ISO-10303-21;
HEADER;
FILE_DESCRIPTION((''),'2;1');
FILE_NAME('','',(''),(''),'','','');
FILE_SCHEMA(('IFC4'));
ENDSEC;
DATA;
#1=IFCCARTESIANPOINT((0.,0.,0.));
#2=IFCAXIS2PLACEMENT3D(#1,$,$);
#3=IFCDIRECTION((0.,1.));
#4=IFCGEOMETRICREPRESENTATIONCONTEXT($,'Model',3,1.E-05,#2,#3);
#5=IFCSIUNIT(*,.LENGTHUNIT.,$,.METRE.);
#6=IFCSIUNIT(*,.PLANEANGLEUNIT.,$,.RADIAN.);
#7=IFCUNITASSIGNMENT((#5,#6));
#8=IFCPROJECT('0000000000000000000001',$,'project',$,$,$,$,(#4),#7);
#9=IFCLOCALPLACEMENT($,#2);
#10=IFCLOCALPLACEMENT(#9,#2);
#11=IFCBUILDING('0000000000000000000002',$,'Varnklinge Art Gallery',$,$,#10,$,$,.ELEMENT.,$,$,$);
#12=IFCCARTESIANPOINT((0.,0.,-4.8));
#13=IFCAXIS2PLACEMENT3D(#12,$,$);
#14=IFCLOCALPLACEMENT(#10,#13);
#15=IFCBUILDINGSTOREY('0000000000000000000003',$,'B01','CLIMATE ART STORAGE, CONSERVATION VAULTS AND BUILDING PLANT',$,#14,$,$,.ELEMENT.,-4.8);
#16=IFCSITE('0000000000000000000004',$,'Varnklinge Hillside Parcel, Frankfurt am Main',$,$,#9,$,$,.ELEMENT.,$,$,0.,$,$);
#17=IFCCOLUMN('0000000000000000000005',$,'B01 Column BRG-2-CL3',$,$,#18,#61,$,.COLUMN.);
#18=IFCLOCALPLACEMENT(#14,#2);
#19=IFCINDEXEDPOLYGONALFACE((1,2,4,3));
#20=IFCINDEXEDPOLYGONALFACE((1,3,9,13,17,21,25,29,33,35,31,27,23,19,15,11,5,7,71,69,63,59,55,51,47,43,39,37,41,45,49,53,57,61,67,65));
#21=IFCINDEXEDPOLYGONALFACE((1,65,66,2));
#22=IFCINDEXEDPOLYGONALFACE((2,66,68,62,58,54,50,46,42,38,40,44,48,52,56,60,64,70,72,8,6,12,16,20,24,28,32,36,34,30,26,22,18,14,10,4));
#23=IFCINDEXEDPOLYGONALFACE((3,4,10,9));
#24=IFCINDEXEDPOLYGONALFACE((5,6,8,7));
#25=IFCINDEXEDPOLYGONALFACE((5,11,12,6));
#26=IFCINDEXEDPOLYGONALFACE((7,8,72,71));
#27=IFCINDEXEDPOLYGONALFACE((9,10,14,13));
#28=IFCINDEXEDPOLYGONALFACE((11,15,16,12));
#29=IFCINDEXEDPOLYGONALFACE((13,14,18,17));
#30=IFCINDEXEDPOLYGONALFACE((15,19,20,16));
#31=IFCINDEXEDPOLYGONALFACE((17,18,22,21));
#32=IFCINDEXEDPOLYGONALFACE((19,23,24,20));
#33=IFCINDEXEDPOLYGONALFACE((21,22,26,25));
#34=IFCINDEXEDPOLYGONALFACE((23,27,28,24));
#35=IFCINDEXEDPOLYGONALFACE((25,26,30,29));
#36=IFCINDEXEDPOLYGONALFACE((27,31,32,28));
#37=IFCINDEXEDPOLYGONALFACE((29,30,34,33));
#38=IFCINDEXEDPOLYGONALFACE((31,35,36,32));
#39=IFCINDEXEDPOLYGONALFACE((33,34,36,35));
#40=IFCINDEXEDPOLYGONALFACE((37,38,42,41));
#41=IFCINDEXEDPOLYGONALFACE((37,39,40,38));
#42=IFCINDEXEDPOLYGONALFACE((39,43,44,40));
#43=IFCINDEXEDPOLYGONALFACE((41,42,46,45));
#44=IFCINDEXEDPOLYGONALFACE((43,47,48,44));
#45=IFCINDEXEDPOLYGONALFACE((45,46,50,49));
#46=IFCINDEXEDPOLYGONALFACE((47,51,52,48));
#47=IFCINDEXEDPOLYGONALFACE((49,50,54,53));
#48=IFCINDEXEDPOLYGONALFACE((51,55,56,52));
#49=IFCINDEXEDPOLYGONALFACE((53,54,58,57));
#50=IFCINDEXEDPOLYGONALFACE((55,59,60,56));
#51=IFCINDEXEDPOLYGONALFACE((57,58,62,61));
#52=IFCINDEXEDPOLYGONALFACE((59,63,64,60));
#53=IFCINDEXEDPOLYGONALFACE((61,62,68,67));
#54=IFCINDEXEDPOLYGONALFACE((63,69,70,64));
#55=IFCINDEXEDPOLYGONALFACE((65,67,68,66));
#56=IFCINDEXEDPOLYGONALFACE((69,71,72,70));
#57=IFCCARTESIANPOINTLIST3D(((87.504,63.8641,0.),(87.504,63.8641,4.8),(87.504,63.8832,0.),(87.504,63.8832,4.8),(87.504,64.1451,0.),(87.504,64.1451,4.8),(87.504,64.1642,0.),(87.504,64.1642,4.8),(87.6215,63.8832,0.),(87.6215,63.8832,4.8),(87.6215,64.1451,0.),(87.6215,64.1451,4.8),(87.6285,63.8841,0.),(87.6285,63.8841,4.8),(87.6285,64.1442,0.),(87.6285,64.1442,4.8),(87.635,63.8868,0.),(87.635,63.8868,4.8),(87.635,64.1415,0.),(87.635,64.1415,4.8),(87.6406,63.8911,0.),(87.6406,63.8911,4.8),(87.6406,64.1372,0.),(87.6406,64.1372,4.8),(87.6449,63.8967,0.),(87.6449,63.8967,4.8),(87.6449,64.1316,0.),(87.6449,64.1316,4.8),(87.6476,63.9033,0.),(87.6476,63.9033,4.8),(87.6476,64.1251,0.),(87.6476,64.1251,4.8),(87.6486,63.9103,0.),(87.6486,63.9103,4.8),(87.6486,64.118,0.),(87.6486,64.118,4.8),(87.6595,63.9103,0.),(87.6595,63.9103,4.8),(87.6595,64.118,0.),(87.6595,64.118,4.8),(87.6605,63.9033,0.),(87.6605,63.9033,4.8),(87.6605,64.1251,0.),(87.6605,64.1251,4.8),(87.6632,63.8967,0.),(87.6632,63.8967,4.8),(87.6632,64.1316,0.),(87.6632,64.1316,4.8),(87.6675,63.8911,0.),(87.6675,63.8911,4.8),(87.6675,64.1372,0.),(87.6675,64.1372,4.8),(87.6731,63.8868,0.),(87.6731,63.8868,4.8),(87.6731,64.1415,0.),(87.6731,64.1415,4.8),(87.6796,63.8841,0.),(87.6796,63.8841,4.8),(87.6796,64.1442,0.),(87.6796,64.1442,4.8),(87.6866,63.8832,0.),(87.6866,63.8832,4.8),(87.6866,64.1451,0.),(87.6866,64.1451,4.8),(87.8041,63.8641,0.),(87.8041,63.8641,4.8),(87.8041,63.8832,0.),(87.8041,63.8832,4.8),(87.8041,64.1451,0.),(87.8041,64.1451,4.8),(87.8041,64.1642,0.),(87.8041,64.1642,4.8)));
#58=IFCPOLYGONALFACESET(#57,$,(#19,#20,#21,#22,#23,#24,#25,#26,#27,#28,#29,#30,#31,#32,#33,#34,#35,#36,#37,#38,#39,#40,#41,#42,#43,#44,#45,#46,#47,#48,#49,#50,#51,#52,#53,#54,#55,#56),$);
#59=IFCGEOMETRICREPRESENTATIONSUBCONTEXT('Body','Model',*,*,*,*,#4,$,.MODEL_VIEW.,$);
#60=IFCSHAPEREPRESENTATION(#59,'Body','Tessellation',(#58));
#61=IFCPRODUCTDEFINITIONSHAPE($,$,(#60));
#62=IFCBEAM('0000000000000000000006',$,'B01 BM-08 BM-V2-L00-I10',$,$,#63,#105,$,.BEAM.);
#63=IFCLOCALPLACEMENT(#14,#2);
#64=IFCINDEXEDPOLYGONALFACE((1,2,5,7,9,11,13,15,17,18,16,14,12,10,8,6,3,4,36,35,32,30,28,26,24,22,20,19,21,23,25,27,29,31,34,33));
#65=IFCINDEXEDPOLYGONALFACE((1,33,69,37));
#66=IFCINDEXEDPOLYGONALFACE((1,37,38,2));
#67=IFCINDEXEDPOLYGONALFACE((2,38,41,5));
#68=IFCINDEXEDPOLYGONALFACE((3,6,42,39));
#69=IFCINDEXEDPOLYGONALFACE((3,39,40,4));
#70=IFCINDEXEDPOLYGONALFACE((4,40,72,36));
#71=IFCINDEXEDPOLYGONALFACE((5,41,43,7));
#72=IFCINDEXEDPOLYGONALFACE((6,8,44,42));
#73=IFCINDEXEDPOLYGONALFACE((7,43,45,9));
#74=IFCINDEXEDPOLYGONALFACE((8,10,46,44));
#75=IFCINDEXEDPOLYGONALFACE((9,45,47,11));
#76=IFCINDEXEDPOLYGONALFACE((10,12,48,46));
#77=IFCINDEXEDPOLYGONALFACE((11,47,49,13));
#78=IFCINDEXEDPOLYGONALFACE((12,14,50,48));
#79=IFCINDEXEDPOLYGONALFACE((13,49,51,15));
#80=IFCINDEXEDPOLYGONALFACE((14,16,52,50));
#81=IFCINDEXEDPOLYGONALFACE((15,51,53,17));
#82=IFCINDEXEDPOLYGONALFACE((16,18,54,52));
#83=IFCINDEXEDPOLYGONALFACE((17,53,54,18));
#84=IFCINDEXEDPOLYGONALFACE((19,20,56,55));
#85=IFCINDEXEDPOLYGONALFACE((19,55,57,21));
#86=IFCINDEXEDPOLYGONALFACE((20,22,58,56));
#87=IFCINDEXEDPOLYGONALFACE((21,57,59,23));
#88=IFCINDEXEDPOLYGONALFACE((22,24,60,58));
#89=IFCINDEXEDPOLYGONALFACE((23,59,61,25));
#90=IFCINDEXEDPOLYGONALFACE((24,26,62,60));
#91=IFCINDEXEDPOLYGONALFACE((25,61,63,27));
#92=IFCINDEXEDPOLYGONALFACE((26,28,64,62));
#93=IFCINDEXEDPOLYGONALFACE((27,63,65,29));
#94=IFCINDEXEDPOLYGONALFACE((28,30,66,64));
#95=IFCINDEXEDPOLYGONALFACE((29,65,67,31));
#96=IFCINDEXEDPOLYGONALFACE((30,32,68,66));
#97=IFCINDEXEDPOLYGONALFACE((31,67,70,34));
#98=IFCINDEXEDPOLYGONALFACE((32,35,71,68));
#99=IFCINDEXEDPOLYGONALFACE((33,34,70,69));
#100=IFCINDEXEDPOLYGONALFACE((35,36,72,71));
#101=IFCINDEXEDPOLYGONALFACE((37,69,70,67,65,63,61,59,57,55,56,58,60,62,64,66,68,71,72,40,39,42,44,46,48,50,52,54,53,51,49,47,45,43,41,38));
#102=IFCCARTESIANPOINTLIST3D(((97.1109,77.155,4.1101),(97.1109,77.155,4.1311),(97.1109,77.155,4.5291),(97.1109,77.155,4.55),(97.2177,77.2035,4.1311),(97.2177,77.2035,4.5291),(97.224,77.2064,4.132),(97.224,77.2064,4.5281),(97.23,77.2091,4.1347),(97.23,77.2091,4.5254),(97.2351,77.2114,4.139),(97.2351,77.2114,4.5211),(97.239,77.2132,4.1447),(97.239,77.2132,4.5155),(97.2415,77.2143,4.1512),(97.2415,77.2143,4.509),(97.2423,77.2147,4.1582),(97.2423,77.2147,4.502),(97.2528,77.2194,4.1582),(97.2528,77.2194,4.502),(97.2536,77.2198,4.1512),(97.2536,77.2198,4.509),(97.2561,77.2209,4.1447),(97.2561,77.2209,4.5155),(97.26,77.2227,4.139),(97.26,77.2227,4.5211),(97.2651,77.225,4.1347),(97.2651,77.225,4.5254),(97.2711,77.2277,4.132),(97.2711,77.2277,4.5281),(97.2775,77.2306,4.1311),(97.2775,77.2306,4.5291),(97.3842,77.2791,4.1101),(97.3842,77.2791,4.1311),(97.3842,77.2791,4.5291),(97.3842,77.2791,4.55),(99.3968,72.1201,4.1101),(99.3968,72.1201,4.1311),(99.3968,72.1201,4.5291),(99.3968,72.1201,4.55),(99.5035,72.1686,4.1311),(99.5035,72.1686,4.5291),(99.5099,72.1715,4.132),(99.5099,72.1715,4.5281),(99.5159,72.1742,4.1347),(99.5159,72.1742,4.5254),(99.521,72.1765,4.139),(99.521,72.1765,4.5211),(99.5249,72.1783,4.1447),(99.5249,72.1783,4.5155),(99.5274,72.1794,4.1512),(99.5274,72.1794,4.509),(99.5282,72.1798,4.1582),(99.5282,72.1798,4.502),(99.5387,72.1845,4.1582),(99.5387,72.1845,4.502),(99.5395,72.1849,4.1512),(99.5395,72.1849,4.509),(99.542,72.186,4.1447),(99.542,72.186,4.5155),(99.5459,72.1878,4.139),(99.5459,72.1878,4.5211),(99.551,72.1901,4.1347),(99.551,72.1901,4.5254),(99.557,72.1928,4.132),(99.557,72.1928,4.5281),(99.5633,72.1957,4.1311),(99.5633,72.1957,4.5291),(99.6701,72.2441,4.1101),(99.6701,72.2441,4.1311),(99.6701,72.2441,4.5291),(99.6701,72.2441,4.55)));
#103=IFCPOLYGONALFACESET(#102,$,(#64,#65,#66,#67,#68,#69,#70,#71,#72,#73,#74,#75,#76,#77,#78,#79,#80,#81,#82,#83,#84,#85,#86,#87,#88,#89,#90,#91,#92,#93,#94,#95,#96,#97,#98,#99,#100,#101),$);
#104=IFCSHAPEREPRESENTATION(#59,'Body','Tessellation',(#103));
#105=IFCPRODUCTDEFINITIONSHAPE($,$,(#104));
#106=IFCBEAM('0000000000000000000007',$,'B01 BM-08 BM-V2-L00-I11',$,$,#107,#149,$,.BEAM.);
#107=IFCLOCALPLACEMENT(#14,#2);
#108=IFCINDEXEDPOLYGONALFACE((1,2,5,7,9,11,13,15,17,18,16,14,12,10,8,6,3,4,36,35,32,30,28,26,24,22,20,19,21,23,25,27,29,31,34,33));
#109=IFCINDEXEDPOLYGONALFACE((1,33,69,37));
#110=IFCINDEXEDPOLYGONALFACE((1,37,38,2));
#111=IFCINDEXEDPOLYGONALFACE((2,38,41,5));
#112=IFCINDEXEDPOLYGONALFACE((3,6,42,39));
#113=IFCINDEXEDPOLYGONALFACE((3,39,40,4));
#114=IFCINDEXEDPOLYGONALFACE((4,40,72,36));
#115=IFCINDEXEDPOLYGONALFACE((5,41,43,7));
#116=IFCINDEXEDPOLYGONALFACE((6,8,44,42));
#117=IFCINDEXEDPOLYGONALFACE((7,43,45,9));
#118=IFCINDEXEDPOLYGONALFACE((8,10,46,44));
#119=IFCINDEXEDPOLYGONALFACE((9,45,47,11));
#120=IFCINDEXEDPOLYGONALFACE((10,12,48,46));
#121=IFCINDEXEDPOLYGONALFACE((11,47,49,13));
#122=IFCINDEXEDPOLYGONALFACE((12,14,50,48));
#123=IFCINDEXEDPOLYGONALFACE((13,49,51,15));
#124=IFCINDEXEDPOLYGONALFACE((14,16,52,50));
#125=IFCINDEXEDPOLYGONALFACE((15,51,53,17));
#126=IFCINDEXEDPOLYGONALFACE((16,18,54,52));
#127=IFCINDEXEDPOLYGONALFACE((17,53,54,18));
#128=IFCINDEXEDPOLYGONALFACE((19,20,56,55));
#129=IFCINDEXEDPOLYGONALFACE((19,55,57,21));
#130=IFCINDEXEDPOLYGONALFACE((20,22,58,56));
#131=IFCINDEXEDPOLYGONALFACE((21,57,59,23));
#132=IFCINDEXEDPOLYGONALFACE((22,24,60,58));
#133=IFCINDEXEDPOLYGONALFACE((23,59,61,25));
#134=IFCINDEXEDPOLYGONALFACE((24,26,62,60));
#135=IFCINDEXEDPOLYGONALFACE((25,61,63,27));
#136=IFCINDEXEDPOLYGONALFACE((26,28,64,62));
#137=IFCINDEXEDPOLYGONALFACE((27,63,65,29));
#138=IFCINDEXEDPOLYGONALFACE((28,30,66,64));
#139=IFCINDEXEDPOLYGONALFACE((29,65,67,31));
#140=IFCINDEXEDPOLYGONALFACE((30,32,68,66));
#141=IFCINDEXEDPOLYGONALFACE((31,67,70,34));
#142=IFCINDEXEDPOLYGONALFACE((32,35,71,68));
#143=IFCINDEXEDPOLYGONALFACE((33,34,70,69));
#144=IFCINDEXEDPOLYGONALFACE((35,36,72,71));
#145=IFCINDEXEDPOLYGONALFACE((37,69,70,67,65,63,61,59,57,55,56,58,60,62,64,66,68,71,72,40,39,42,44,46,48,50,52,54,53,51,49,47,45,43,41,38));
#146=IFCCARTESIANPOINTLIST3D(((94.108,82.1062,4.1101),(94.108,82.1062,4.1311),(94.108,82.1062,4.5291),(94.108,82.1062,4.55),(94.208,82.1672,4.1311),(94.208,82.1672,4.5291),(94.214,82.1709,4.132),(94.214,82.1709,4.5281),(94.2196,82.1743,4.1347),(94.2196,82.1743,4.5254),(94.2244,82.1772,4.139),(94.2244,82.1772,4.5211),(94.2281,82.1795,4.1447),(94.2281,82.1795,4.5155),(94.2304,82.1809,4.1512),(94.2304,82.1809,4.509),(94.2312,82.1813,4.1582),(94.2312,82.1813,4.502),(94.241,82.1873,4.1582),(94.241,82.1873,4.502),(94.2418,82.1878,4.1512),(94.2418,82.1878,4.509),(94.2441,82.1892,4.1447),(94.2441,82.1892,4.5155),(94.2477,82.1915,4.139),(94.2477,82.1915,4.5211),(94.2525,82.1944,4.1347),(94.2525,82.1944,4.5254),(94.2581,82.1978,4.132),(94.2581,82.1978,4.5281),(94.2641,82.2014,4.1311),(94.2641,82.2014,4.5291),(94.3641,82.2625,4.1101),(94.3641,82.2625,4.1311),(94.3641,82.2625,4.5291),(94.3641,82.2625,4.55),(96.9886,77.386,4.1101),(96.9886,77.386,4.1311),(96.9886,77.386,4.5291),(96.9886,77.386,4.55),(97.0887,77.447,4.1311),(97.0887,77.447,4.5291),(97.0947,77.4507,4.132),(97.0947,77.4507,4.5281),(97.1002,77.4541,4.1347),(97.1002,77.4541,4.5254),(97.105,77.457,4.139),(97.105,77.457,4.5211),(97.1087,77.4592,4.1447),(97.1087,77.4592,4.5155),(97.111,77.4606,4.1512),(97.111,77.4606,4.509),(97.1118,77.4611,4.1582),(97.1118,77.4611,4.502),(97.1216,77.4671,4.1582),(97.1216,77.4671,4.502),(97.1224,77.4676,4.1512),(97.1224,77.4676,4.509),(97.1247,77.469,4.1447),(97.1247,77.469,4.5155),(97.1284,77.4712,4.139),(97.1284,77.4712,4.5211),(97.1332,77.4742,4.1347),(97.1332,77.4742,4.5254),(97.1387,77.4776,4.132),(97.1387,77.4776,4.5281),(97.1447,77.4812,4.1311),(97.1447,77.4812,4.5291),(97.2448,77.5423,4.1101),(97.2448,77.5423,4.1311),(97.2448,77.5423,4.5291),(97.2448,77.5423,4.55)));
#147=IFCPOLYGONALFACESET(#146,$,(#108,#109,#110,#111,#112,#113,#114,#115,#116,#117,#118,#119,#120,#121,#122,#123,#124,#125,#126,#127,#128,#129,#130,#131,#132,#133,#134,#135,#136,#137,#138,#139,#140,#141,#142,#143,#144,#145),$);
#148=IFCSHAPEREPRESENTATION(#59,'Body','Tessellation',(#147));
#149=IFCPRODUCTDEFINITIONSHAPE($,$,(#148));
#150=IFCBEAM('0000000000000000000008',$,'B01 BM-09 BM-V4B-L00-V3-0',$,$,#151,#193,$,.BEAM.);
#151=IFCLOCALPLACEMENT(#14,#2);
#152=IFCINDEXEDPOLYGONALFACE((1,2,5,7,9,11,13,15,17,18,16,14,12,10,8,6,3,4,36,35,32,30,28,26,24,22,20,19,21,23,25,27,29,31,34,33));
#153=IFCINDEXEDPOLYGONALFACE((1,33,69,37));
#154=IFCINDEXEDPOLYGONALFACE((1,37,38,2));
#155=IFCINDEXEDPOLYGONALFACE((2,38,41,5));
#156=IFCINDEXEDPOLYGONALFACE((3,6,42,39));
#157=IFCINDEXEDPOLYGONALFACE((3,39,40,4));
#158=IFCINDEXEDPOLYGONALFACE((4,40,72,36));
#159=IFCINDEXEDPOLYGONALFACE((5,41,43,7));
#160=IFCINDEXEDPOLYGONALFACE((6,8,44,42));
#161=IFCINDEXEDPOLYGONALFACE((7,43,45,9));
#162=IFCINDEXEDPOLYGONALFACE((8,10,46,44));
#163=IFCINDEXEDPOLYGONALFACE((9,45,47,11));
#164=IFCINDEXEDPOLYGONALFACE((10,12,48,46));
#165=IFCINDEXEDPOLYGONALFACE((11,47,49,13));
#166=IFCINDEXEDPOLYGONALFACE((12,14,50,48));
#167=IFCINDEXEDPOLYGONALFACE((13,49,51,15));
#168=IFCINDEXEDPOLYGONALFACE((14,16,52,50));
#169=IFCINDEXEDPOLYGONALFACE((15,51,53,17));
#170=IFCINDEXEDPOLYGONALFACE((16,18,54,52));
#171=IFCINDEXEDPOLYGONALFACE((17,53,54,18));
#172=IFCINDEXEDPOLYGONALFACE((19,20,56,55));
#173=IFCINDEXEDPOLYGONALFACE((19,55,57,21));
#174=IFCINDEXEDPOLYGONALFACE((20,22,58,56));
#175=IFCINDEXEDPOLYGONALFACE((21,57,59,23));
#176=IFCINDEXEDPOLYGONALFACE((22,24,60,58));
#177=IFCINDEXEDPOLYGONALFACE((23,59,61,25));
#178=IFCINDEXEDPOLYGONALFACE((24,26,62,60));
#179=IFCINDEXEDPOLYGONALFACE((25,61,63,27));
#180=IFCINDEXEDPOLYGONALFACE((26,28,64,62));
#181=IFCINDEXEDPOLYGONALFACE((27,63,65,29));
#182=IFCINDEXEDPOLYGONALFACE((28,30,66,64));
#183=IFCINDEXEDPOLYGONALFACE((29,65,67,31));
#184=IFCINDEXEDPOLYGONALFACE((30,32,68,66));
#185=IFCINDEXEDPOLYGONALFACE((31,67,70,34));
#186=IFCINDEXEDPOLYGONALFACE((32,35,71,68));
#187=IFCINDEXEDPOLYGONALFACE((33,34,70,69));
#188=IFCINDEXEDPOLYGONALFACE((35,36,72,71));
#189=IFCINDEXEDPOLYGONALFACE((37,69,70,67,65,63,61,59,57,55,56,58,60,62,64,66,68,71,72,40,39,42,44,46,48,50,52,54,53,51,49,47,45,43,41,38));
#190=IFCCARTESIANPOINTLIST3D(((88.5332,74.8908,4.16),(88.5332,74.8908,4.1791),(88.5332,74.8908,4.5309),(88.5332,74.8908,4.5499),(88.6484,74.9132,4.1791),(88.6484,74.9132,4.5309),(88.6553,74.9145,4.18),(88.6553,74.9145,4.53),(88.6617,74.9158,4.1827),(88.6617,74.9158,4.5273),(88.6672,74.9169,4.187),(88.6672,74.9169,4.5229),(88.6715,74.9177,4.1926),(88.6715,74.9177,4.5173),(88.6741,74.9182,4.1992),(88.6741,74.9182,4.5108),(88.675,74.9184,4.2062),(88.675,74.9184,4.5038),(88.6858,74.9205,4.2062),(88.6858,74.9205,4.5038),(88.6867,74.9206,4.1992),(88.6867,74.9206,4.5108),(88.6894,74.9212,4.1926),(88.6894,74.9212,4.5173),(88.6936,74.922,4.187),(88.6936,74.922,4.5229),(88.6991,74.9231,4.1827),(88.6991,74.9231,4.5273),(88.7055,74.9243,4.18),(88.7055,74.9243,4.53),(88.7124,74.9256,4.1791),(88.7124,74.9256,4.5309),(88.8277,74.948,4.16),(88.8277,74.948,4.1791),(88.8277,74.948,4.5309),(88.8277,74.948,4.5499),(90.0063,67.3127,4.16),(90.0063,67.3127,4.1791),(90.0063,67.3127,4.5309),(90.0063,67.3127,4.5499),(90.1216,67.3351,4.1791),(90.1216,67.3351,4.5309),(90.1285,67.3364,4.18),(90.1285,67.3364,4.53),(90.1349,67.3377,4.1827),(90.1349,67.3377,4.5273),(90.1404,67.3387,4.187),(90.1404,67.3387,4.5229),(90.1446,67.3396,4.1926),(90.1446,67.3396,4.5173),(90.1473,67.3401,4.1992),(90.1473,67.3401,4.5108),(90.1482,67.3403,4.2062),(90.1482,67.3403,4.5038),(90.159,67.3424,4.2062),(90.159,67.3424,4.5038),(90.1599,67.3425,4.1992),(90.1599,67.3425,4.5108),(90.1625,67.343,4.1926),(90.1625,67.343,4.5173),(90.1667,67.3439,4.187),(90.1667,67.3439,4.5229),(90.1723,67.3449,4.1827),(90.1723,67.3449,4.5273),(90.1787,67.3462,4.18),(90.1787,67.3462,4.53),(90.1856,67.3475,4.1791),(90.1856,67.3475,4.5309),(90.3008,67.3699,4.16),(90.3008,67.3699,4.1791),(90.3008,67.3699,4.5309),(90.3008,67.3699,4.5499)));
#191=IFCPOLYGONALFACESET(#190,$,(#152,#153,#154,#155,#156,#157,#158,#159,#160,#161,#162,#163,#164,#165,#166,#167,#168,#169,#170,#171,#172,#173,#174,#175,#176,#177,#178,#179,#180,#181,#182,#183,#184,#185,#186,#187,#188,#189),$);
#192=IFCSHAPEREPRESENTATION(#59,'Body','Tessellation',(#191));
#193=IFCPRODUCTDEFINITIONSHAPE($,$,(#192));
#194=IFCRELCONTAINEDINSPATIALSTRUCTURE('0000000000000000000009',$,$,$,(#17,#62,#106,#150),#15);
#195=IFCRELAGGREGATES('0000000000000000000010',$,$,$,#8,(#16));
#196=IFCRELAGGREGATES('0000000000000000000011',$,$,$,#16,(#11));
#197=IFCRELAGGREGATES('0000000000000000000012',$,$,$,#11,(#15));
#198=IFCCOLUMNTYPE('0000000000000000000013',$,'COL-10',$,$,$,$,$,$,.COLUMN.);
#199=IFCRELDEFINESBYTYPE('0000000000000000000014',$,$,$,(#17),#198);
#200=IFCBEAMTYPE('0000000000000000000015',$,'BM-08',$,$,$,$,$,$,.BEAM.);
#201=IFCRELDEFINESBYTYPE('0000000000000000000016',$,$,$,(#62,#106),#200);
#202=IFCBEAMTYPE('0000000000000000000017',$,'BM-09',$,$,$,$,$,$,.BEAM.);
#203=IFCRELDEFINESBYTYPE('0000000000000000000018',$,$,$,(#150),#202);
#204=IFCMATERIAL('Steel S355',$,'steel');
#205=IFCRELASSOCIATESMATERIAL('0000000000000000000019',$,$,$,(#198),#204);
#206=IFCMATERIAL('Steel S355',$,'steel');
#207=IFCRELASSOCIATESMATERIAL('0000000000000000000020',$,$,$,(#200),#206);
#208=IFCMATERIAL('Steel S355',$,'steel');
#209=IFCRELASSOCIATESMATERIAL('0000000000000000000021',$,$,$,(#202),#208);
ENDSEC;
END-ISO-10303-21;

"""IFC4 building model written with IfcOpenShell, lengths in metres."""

from ifc_helpers import new_model, si_unit, direction, frame, origin, origin_2d, place, context, subcontext, project, spatial, i_section, extrude, material, material_profile, profile_set, type_object, element, save


model = new_model("IFC4")

# Units and contexts
model_context = context("Model", 3, precision=1e-05, world=origin(), true_north=direction((0.0, 1.0)))
body_context = subcontext(model_context, "Body", "Model", "MODEL_VIEW")
ifc_project = project(units=[si_unit("LENGTHUNIT", "METRE"), si_unit("PLANEANGLEUNIT", "RADIAN")], contexts=[model_context])

# Site, building, storey
site_placement = place(None, origin())
site = spatial("IfcSite", under=ifc_project, at=site_placement, Name="Varnklinge Hillside Parcel, Frankfurt am Main", CompositionType="ELEMENT", RefElevation=0.0)
building_placement = place(site_placement, origin())
building = spatial("IfcBuilding", under=site, at=building_placement, Name="Varnklinge Art Gallery", CompositionType="ELEMENT")
storey_placement = place(building_placement, frame((0.0, 0.0, -4.8)))
storey = spatial("IfcBuildingStorey", under=building, at=storey_placement, Name="B01", Description="CLIMATE ART STORAGE, CONSERVATION VAULTS AND BUILDING PLANT", CompositionType="ELEMENT", Elevation=-4.8)

# Column
ifc_material_1 = material(Name="Steel S355", Category="steel")
ifc_material_profile_1 = material_profile(ifc_material_1, i_section(OverallWidth=0.3, OverallDepth=0.3, WebThickness=0.011, FlangeThickness=0.019, FilletRadius=0.0271, at=origin_2d()), Name="HEB 300")
ifc_profile_set_1 = profile_set([ifc_material_profile_1], Name="Steel S355")
column_type_1 = type_object("IfcColumnType", Name="COL-10", PredefinedType="COLUMN", material=ifc_profile_set_1)
column_placement = place(storey_placement, frame((87.6541, 64.0142, 0.0), z_axis=(0.0, 0.0, 1.0), x_axis=(1.0, 0.0, 0.0)))
element("IfcColumn", 1, at=column_placement, inside=storey, type_object=column_type_1, Name="B01 Column BRG-2-CL3", PredefinedType="COLUMN", context=body_context, shape_type="SweptSolid", body=[
    extrude(i_section(OverallWidth=0.3, OverallDepth=0.3, WebThickness=0.011, FlangeThickness=0.019, FilletRadius=0.0271, at=origin_2d()), origin(), (0.0, 0.0, 1.0), 4.8),
])

# Beams
ifc_material_2 = material(Name="Steel S355", Category="steel")
ifc_material_profile_2 = material_profile(ifc_material_2, i_section(OverallWidth=0.3, OverallDepth=0.4399, WebThickness=0.0115, FlangeThickness=0.021, FilletRadius=0.0271, at=origin_2d()), Name="HEA 450")
ifc_profile_set_2 = profile_set([ifc_material_profile_2], Name="Steel S355")
beam_type_1 = type_object("IfcBeamType", Name="BM-08", PredefinedType="BEAM", material=ifc_profile_set_2)
beam_1_placement = place(storey_placement, frame((99.5334, 72.1821, 4.3301), z_axis=(-0.413397, 0.910551, 0.0), x_axis=(-0.910551, -0.413397, 0.0)))
element("IfcBeam", 2, at=beam_1_placement, inside=storey, type_object=beam_type_1, Name="B01 BM-08 BM-V2-L00-I10", PredefinedType="BEAM", context=body_context, shape_type="SweptSolid", body=[
    extrude(i_section(OverallWidth=0.3, OverallDepth=0.4399, WebThickness=0.0115, FlangeThickness=0.021, FilletRadius=0.0271, at=origin_2d()), origin(), (0.0, 0.0, 1.0), 5.5295),
])
beam_2_placement = place(storey_placement, frame((97.1167, 77.4641, 4.3301), z_axis=(-0.520928, 0.8536, 0.0), x_axis=(-0.8536, -0.520928, 0.0)))
element("IfcBeam", 3, at=beam_2_placement, inside=storey, type_object=beam_type_1, Name="B01 BM-08 BM-V2-L00-I11", PredefinedType="BEAM", context=body_context, shape_type="SweptSolid", body=[
    extrude(i_section(OverallWidth=0.3, OverallDepth=0.4399, WebThickness=0.0115, FlangeThickness=0.021, FilletRadius=0.0271, at=origin_2d()), origin(), (0.0, 0.0, 1.0), 5.5298),
])
ifc_material_3 = material(Name="Steel S355", Category="steel")
ifc_material_profile_3 = material_profile(ifc_material_3, i_section(OverallWidth=0.3, OverallDepth=0.3899, WebThickness=0.011, FlangeThickness=0.019, FilletRadius=0.0271, at=origin_2d()), Name="HEA 400")
ifc_profile_set_3 = profile_set([ifc_material_profile_3], Name="Steel S355")
beam_type_2 = type_object("IfcBeamType", Name="BM-09", PredefinedType="BEAM", material=ifc_profile_set_3)
beam_3_placement = place(storey_placement, frame((90.1536, 67.3413, 4.355), z_axis=(-0.190822, 0.981625, 0.0), x_axis=(-0.981625, -0.190822, 0.0)))
element("IfcBeam", 4, at=beam_3_placement, inside=storey, type_object=beam_type_2, Name="B01 BM-09 BM-V4B-L00-V3-0", PredefinedType="BEAM", context=body_context, shape_type="SweptSolid", body=[
    extrude(i_section(OverallWidth=0.3, OverallDepth=0.3899, WebThickness=0.011, FlangeThickness=0.019, FilletRadius=0.0271, at=origin_2d()), origin(), (0.0, 0.0, 1.0), 7.72),
])

save(model, "model.ifc")
